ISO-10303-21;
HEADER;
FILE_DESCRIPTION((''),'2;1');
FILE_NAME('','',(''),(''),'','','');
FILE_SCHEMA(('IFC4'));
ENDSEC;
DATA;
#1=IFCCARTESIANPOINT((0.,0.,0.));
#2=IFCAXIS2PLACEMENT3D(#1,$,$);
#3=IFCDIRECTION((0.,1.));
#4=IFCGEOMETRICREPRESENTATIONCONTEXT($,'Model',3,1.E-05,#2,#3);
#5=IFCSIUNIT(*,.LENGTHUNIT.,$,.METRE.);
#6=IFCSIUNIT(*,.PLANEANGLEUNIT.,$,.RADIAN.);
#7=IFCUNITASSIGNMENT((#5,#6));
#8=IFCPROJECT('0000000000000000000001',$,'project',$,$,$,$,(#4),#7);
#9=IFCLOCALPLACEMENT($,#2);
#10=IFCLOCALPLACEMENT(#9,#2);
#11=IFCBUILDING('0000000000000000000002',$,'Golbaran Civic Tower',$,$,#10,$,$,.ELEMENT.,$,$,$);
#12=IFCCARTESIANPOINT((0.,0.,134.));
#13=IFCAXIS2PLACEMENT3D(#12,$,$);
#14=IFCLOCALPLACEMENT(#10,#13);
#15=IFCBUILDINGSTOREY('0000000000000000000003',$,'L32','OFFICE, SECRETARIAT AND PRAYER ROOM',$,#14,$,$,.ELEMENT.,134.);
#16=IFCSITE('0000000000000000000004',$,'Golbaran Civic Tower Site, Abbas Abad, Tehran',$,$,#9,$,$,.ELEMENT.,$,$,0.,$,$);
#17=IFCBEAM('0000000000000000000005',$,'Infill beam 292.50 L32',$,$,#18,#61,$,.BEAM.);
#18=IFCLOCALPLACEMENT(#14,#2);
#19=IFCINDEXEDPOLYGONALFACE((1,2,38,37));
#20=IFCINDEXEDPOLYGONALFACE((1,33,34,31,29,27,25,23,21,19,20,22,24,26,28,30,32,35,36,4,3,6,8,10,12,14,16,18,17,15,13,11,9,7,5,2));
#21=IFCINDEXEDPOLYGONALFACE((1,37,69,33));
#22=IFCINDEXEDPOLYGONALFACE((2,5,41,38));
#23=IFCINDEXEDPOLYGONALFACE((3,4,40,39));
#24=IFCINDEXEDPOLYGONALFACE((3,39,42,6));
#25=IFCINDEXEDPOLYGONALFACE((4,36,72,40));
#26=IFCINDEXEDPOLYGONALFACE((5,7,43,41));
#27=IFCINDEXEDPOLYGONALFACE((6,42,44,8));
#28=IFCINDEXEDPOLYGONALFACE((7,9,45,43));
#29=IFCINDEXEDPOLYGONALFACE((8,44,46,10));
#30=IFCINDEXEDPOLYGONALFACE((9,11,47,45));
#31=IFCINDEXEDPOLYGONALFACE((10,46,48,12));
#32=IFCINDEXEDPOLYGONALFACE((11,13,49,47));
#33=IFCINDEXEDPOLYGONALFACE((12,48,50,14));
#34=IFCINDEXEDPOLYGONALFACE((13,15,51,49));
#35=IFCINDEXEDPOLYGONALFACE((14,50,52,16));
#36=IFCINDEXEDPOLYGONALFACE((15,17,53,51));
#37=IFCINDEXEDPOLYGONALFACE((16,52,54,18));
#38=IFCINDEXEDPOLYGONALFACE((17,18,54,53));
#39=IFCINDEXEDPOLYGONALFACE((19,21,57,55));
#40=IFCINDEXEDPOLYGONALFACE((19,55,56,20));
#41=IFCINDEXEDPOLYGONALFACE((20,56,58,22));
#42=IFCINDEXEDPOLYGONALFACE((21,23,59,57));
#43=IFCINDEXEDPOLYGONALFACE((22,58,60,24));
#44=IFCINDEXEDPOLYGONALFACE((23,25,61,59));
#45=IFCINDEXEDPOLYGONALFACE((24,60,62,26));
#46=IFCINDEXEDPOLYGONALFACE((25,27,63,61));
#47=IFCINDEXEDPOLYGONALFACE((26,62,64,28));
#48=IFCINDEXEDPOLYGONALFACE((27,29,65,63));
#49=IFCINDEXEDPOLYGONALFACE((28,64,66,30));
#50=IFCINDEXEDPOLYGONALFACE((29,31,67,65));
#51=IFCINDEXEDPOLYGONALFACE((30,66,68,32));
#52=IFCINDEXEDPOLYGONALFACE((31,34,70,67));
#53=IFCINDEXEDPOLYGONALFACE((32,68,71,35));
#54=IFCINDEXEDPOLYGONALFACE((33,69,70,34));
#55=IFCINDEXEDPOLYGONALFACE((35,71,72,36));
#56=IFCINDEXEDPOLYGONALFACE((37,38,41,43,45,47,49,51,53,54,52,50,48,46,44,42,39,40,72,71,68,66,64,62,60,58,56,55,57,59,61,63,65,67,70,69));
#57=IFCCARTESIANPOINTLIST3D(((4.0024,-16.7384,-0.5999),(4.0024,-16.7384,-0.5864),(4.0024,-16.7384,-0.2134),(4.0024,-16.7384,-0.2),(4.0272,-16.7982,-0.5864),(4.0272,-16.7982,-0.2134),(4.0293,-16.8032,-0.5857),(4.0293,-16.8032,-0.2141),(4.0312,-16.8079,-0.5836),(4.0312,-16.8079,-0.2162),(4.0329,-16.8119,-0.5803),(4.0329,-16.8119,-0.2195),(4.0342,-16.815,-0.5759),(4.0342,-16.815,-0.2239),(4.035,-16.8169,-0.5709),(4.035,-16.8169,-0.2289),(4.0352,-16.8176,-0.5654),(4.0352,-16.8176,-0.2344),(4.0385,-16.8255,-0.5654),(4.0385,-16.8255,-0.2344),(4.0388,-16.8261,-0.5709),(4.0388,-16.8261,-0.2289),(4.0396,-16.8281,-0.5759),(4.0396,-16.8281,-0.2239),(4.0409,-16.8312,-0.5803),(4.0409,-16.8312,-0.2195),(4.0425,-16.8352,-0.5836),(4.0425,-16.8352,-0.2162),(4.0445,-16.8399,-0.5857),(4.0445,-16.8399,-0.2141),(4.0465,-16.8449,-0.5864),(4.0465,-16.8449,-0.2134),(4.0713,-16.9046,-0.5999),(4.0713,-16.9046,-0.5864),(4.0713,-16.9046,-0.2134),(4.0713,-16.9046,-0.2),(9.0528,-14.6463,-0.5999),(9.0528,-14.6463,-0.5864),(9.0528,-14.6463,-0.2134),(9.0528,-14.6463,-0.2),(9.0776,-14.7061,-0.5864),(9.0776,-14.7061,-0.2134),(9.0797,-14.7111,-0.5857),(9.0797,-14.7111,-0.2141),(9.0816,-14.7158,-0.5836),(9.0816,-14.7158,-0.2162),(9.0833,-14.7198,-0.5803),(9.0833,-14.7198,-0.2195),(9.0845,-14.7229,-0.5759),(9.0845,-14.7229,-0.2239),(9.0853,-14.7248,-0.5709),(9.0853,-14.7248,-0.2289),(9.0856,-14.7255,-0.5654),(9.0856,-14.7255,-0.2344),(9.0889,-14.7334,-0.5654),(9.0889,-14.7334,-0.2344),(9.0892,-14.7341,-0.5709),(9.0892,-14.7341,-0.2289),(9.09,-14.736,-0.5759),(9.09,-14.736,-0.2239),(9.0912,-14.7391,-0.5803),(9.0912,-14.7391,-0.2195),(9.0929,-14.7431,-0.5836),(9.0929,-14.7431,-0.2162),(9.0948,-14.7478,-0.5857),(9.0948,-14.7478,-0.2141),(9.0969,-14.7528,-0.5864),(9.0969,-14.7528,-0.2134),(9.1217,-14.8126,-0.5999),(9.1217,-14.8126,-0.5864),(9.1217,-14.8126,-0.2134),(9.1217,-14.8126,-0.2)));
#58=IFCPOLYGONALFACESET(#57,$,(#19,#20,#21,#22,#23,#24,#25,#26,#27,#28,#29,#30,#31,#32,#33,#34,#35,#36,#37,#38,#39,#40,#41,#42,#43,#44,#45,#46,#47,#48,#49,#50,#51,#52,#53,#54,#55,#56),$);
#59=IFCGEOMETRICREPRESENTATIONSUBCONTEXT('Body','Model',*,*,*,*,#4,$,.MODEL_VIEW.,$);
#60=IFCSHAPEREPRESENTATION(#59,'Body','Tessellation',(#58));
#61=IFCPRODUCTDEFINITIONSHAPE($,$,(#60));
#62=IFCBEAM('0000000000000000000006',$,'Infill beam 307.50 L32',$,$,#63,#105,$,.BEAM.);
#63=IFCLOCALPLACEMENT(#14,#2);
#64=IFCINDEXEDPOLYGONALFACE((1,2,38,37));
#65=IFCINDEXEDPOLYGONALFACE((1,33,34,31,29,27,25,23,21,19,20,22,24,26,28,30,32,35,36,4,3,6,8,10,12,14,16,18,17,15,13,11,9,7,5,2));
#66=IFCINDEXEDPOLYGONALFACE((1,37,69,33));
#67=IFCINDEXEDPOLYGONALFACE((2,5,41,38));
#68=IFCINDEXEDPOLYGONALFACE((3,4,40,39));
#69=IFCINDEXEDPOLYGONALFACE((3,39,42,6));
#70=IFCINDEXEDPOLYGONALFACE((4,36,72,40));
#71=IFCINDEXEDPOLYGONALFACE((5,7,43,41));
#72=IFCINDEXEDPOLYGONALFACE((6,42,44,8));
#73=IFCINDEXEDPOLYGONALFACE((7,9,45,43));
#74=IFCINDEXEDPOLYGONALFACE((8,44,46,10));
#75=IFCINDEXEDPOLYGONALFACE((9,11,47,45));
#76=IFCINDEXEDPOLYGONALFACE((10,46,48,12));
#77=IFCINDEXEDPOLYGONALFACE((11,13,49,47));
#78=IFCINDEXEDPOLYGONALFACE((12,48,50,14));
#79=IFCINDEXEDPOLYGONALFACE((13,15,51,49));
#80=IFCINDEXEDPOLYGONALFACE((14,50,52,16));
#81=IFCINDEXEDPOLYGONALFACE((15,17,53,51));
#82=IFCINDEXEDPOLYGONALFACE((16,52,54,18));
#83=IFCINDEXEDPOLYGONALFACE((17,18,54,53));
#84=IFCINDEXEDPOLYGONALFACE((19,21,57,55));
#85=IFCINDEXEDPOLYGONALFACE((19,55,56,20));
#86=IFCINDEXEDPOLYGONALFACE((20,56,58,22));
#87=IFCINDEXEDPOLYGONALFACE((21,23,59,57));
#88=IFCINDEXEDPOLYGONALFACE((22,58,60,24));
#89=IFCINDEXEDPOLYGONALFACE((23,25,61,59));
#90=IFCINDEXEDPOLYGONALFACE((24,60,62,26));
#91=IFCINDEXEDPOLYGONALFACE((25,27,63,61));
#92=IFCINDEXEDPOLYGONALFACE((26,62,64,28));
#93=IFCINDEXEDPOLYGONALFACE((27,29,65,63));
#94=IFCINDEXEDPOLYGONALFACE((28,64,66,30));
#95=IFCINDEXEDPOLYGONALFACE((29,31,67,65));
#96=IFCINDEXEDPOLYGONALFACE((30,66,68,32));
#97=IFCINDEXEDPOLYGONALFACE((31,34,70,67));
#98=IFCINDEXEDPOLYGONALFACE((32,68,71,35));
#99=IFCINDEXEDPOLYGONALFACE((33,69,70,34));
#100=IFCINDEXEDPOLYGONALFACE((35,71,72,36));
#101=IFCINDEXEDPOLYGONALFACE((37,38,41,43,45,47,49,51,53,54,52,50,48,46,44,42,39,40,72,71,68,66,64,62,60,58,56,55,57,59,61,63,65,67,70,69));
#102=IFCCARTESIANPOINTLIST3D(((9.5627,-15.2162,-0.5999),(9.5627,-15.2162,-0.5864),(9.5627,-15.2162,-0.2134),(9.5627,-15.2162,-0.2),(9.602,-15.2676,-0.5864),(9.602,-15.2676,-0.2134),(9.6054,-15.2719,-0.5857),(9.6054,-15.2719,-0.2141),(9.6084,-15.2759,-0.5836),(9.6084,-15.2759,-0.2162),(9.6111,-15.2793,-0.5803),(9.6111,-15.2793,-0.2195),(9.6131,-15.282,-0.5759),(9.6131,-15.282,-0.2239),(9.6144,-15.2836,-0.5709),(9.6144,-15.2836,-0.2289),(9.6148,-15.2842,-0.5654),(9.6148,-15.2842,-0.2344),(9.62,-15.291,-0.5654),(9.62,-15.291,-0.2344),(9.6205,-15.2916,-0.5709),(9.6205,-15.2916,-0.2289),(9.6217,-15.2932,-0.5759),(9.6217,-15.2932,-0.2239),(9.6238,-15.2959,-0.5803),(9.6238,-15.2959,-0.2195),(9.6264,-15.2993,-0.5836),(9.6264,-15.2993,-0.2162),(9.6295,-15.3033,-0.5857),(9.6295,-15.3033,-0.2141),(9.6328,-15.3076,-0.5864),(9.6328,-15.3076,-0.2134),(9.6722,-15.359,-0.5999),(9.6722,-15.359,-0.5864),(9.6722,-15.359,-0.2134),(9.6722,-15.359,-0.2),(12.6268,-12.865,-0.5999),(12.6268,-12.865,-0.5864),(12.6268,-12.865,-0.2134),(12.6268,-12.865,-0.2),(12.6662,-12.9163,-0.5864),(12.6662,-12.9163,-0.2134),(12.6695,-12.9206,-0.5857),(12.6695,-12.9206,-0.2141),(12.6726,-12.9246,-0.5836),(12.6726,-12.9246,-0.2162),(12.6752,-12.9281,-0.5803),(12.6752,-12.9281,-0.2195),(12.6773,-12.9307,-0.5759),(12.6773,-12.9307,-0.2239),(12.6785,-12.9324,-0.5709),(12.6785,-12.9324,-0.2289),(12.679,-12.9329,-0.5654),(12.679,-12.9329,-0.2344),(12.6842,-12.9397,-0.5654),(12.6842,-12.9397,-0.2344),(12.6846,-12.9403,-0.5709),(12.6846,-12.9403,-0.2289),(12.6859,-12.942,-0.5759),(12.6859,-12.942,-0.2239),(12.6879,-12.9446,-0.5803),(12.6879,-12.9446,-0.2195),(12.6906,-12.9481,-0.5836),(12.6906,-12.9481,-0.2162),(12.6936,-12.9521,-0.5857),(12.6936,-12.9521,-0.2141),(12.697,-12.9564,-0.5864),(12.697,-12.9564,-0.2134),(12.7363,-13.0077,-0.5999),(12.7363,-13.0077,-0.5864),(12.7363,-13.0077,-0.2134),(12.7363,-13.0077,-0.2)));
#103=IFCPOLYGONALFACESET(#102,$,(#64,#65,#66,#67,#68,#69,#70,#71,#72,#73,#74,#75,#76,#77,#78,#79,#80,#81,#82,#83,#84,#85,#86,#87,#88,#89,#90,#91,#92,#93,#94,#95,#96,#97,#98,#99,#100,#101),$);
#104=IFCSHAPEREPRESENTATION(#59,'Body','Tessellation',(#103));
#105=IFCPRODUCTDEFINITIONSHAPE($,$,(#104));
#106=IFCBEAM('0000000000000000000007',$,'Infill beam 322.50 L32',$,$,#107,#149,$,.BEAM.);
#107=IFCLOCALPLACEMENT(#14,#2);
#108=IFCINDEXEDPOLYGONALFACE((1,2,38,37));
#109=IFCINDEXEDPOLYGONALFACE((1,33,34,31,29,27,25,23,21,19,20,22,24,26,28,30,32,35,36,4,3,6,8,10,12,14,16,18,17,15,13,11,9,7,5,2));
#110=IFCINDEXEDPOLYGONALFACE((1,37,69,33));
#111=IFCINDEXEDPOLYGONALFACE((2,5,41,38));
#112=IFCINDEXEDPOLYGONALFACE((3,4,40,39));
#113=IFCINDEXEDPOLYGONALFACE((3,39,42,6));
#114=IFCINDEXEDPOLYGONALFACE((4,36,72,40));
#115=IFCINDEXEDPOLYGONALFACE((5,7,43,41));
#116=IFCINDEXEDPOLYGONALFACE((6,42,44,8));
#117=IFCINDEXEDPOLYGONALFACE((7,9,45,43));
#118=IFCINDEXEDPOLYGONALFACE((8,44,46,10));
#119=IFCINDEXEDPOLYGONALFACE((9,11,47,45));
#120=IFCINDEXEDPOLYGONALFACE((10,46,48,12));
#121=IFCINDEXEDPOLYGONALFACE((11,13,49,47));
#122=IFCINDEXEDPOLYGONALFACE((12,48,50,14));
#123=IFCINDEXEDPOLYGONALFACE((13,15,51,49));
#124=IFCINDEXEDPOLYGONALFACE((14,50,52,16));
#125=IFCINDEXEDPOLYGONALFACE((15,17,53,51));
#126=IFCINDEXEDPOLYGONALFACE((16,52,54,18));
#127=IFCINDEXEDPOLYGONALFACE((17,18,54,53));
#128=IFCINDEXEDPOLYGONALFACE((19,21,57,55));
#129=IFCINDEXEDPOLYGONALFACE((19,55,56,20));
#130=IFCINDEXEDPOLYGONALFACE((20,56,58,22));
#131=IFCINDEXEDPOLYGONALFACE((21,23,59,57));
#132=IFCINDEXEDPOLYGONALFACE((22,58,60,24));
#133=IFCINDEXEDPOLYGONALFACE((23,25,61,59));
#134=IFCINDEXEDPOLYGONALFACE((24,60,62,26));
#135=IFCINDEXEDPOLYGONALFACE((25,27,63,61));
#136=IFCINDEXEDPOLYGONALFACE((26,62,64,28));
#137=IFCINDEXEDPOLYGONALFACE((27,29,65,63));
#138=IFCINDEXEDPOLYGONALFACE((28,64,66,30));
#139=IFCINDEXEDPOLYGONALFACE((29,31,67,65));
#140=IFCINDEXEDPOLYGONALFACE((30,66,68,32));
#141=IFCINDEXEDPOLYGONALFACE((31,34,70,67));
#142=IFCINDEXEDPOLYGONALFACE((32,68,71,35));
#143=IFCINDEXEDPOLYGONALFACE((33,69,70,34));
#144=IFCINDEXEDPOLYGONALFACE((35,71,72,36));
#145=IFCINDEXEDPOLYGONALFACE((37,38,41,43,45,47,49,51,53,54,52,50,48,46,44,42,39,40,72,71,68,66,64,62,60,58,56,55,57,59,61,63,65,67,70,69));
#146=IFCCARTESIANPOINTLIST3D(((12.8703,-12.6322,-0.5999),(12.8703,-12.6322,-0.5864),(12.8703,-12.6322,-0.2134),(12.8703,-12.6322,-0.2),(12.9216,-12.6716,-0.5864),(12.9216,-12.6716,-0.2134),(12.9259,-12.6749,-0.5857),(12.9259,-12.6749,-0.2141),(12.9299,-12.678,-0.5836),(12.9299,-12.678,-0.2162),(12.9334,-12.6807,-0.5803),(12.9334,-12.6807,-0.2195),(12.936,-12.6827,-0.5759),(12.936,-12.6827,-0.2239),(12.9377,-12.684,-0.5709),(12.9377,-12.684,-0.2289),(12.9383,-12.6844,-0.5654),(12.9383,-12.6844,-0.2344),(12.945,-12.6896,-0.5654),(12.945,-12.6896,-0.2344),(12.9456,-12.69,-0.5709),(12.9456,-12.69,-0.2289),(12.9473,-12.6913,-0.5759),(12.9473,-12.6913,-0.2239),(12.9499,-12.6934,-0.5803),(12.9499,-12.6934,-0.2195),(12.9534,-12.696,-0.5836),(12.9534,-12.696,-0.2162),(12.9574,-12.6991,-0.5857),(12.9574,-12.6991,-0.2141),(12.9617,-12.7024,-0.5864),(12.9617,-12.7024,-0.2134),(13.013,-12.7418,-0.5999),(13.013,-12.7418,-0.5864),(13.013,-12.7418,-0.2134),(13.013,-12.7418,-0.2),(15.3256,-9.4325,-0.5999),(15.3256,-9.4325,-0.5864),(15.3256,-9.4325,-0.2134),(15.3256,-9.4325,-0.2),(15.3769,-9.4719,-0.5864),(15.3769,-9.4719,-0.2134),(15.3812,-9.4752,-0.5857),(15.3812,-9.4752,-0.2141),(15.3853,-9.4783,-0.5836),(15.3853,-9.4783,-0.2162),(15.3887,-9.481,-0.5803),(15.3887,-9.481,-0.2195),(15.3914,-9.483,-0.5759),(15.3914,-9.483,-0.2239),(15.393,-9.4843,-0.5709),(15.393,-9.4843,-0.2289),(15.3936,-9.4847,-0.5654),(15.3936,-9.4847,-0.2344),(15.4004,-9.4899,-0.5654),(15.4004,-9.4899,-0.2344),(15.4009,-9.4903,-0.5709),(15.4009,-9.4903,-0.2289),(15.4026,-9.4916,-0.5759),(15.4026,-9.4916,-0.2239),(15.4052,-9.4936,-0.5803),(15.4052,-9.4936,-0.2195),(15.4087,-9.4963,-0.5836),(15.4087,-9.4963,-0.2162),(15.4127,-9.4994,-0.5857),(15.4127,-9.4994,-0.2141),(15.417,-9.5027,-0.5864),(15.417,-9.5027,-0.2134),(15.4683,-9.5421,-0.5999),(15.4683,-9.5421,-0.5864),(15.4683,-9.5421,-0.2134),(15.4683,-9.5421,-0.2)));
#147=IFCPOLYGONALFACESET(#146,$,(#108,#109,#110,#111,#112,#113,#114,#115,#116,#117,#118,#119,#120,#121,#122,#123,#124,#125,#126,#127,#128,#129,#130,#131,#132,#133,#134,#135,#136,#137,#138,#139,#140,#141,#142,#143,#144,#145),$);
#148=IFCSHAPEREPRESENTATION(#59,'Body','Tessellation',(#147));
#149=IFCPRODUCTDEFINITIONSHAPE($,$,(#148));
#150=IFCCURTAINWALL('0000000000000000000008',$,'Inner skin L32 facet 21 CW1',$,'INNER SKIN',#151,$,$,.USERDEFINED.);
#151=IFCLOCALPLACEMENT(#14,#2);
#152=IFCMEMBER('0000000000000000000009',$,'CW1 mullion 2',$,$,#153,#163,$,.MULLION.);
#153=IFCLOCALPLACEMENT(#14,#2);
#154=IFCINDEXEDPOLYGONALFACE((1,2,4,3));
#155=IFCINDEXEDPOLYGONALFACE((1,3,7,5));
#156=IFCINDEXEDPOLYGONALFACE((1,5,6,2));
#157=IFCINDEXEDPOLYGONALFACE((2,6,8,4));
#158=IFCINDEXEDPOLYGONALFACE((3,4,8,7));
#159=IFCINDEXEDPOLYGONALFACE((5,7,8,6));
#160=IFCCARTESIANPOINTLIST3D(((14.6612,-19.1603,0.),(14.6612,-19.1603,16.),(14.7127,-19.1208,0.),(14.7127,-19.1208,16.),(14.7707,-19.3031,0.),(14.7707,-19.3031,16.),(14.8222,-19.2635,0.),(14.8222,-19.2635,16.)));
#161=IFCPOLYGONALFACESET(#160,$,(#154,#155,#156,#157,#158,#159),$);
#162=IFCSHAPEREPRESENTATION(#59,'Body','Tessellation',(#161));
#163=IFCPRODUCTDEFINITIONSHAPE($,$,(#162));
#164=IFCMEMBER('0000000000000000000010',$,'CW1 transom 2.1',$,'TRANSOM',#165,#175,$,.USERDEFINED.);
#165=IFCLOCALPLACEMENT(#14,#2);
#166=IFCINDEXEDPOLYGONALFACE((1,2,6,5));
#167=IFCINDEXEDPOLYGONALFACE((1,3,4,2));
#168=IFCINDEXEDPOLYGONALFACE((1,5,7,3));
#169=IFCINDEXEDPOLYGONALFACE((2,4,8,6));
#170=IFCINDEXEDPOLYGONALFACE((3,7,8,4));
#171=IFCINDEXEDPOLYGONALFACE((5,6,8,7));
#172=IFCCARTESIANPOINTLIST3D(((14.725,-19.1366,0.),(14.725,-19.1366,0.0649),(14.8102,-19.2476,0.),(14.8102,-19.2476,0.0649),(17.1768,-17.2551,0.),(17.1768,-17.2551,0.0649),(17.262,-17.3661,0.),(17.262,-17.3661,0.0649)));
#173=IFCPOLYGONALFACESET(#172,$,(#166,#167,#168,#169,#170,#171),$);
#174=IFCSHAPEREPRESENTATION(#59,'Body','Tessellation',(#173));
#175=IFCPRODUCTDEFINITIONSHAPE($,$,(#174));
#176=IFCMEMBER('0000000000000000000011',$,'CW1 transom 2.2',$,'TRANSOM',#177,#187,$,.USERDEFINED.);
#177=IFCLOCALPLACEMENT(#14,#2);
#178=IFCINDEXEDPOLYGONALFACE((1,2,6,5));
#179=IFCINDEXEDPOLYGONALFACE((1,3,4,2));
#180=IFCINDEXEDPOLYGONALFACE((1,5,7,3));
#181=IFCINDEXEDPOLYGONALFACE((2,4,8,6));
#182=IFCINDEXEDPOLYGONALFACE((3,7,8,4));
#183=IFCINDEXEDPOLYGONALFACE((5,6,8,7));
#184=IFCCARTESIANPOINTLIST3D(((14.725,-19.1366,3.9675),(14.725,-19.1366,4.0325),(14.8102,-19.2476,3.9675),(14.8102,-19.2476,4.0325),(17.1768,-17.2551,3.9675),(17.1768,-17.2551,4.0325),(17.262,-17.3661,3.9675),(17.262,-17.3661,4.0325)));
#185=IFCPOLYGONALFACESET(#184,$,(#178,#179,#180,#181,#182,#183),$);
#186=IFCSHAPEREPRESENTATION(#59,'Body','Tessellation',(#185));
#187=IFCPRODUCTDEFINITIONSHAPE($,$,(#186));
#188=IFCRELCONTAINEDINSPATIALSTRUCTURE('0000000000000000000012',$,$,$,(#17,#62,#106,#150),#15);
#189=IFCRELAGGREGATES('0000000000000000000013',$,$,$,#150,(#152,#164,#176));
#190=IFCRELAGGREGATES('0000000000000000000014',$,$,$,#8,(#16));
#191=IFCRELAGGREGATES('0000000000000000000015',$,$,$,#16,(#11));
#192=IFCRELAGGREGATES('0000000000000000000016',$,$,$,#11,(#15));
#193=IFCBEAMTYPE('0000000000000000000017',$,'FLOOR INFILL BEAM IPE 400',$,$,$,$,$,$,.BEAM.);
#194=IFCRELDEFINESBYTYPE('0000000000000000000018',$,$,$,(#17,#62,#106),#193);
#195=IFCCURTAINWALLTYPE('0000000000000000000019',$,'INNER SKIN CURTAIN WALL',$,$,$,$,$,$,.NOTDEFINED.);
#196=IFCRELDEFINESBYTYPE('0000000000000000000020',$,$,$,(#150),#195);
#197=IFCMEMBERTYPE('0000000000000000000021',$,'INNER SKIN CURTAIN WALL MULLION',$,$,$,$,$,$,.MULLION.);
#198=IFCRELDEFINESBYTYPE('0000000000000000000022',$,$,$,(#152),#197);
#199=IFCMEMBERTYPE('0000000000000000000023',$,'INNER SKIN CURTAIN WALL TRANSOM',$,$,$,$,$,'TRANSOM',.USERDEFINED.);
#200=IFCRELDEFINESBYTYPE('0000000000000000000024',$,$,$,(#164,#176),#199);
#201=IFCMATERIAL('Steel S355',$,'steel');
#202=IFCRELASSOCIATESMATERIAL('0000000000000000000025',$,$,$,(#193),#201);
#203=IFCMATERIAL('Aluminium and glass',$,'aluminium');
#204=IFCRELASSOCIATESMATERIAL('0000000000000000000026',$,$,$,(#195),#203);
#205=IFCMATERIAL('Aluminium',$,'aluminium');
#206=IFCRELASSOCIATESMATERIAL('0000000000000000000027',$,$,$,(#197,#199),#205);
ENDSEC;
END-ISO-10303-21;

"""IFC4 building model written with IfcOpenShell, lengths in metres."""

from ifc_helpers import new_model, si_unit, direction, frame, origin, origin_2d, place, context, subcontext, project, spatial, rectangle, i_section, extrude, material, material_profile, profile_set, type_object, element, aggregate, save


model = new_model("IFC4")

# Units and contexts
model_context = context("Model", 3, precision=1e-05, world=origin(), true_north=direction((0.0, 1.0)))
body_context = subcontext(model_context, "Body", "Model", "MODEL_VIEW")
ifc_project = project(units=[si_unit("LENGTHUNIT", "METRE"), si_unit("PLANEANGLEUNIT", "RADIAN")], contexts=[model_context])

# Site, building, storey
site_placement = place(None, origin())
site = spatial("IfcSite", under=ifc_project, at=site_placement, Name="Golbaran Civic Tower Site, Abbas Abad, Tehran", CompositionType="ELEMENT", RefElevation=0.0)
building_placement = place(site_placement, origin())
building = spatial("IfcBuilding", under=site, at=building_placement, Name="Golbaran Civic Tower", CompositionType="ELEMENT")
storey_placement = place(building_placement, frame((0.0, 0.0, 134.0)))
storey = spatial("IfcBuildingStorey", under=building, at=storey_placement, Name="L32", Description="OFFICE, SECRETARIAT AND PRAYER ROOM", CompositionType="ELEMENT", Elevation=134.0)

# Beams
ifc_material_1 = material(Name="Steel S355", Category="steel")
ifc_material_profile_1 = material_profile(ifc_material_1, i_section(OverallWidth=0.1799, OverallDepth=0.3999, WebThickness=0.0085, FlangeThickness=0.0134, FilletRadius=0.021, at=origin_2d()), Name="IPE 400")
ifc_profile_set_1 = profile_set([ifc_material_profile_1], Name="Steel S355")
beam_type = type_object("IfcBeamType", Name="FLOOR INFILL BEAM IPE 400", PredefinedType="BEAM", material=ifc_profile_set_1)
beam_1_placement = place(storey_placement, frame((4.0369, -16.8215, -0.3999), z_axis=(0.92387, 0.382705, 0.0), x_axis=(-0.382705, 0.92387, 0.0)))
element("IfcBeam", 1, at=beam_1_placement, inside=storey, type_object=beam_type, Name="Infill beam 292.50 L32", PredefinedType="BEAM", context=body_context, shape_type="SweptSolid", body=[
    extrude(i_section(OverallWidth=0.1799, OverallDepth=0.3999, WebThickness=0.0085, FlangeThickness=0.0134, FilletRadius=0.021, at=origin_2d()), origin(), (0.0, 0.0, 1.0), 5.4666),
])
beam_2_placement = place(storey_placement, frame((9.6174, -15.2876, -0.3999), z_axis=(0.793345, 0.608773, 0.0), x_axis=(-0.608773, 0.793345, 0.0)))
element("IfcBeam", 2, at=beam_2_placement, inside=storey, type_object=beam_type, Name="Infill beam 307.50 L32", PredefinedType="BEAM", context=body_context, shape_type="SweptSolid", body=[
    extrude(i_section(OverallWidth=0.1799, OverallDepth=0.3999, WebThickness=0.0085, FlangeThickness=0.0134, FilletRadius=0.021, at=origin_2d()), origin(), (0.0, 0.0, 1.0), 3.8623),
])
beam_3_placement = place(storey_placement, frame((12.9417, -12.687, -0.3999), z_axis=(0.608777, 0.793341, 0.0), x_axis=(-0.793341, 0.608777, 0.0)))
element("IfcBeam", 3, at=beam_3_placement, inside=storey, type_object=beam_type, Name="Infill beam 322.50 L32", PredefinedType="BEAM", context=body_context, shape_type="SweptSolid", body=[
    extrude(i_section(OverallWidth=0.1799, OverallDepth=0.3999, WebThickness=0.0085, FlangeThickness=0.0134, FilletRadius=0.021, at=origin_2d()), origin(), (0.0, 0.0, 1.0), 4.0332),
])

# Curtain wall, members
ifc_material_2 = material(Name="Aluminium and glass", Category="aluminium")
curtain_wall_type = type_object("IfcCurtainWallType", Name="INNER SKIN CURTAIN WALL", PredefinedType="NOTDEFINED", material=ifc_material_2)
curtain_wall_placement = place(storey_placement, origin())
curtain_wall = element("IfcCurtainWall", 4, at=curtain_wall_placement, inside=storey, type_object=curtain_wall_type, Name="Inner skin L32 facet 21 CW1", ObjectType="INNER SKIN", PredefinedType="USERDEFINED")
ifc_material_3 = material(Name="Aluminium", Category="aluminium")
ifc_material_profile_2 = material_profile(ifc_material_3, rectangle(XDim=0.1799, YDim=0.0649, at=origin_2d()), Name="INNER SKIN CURTAIN WALL MULLION")
ifc_profile_set_2 = profile_set([ifc_material_profile_2], Name="Aluminium")
member_type_1 = type_object("IfcMemberType", Name="INNER SKIN CURTAIN WALL MULLION", PredefinedType="MULLION", material=ifc_profile_set_2)
member_1_placement = place(storey_placement, frame((14.7417, -19.2119, 0.0), z_axis=(0.0, 0.0, 1.0), x_axis=(-0.608761, 0.793353, 0.0)))
member_1 = element("IfcMember", 5, at=member_1_placement, type_object=member_type_1, Name="CW1 mullion 2", PredefinedType="MULLION", context=body_context, shape_type="SweptSolid", body=[
    extrude(rectangle(XDim=0.1799, YDim=0.0649, at=origin_2d()), origin(), (0.0, 0.0, 1.0), 16.0),
])
ifc_material_profile_3 = material_profile(ifc_material_3, rectangle(XDim=0.1399, YDim=0.0649, at=origin_2d()), Name="INNER SKIN CURTAIN WALL TRANSOM")
ifc_profile_set_3 = profile_set([ifc_material_profile_3], Name="Aluminium")
member_type_2 = type_object("IfcMemberType", Name="INNER SKIN CURTAIN WALL TRANSOM", ElementType="TRANSOM", PredefinedType="USERDEFINED", material=ifc_profile_set_3)
member_2_placement = place(storey_placement, frame((14.7676, -19.1921, 0.0325), z_axis=(0.793325, 0.608798, 0.0), x_axis=(-0.608798, 0.793325, 0.0)))
member_2 = element("IfcMember", 6, at=member_2_placement, type_object=member_type_2, Name="CW1 transom 2.1", ObjectType="TRANSOM", PredefinedType="USERDEFINED", context=body_context, shape_type="SweptSolid", body=[
    extrude(rectangle(XDim=0.1399, YDim=0.0649, at=origin_2d()), origin(), (0.0, 0.0, 1.0), 3.0906),
])
member_3_placement = place(storey_placement, frame((14.7676, -19.1921, 4.0), z_axis=(0.793325, 0.608798, 0.0), x_axis=(-0.608798, 0.793325, 0.0)))
member_3 = element("IfcMember", 7, at=member_3_placement, type_object=member_type_2, Name="CW1 transom 2.2", ObjectType="TRANSOM", PredefinedType="USERDEFINED", context=body_context, shape_type="SweptSolid", body=[
    extrude(rectangle(XDim=0.1399, YDim=0.0649, at=origin_2d()), origin(), (0.0, 0.0, 1.0), 3.0906),
])
aggregate(curtain_wall, [member_1, member_2, member_3])

save(model, "model.ifc")
